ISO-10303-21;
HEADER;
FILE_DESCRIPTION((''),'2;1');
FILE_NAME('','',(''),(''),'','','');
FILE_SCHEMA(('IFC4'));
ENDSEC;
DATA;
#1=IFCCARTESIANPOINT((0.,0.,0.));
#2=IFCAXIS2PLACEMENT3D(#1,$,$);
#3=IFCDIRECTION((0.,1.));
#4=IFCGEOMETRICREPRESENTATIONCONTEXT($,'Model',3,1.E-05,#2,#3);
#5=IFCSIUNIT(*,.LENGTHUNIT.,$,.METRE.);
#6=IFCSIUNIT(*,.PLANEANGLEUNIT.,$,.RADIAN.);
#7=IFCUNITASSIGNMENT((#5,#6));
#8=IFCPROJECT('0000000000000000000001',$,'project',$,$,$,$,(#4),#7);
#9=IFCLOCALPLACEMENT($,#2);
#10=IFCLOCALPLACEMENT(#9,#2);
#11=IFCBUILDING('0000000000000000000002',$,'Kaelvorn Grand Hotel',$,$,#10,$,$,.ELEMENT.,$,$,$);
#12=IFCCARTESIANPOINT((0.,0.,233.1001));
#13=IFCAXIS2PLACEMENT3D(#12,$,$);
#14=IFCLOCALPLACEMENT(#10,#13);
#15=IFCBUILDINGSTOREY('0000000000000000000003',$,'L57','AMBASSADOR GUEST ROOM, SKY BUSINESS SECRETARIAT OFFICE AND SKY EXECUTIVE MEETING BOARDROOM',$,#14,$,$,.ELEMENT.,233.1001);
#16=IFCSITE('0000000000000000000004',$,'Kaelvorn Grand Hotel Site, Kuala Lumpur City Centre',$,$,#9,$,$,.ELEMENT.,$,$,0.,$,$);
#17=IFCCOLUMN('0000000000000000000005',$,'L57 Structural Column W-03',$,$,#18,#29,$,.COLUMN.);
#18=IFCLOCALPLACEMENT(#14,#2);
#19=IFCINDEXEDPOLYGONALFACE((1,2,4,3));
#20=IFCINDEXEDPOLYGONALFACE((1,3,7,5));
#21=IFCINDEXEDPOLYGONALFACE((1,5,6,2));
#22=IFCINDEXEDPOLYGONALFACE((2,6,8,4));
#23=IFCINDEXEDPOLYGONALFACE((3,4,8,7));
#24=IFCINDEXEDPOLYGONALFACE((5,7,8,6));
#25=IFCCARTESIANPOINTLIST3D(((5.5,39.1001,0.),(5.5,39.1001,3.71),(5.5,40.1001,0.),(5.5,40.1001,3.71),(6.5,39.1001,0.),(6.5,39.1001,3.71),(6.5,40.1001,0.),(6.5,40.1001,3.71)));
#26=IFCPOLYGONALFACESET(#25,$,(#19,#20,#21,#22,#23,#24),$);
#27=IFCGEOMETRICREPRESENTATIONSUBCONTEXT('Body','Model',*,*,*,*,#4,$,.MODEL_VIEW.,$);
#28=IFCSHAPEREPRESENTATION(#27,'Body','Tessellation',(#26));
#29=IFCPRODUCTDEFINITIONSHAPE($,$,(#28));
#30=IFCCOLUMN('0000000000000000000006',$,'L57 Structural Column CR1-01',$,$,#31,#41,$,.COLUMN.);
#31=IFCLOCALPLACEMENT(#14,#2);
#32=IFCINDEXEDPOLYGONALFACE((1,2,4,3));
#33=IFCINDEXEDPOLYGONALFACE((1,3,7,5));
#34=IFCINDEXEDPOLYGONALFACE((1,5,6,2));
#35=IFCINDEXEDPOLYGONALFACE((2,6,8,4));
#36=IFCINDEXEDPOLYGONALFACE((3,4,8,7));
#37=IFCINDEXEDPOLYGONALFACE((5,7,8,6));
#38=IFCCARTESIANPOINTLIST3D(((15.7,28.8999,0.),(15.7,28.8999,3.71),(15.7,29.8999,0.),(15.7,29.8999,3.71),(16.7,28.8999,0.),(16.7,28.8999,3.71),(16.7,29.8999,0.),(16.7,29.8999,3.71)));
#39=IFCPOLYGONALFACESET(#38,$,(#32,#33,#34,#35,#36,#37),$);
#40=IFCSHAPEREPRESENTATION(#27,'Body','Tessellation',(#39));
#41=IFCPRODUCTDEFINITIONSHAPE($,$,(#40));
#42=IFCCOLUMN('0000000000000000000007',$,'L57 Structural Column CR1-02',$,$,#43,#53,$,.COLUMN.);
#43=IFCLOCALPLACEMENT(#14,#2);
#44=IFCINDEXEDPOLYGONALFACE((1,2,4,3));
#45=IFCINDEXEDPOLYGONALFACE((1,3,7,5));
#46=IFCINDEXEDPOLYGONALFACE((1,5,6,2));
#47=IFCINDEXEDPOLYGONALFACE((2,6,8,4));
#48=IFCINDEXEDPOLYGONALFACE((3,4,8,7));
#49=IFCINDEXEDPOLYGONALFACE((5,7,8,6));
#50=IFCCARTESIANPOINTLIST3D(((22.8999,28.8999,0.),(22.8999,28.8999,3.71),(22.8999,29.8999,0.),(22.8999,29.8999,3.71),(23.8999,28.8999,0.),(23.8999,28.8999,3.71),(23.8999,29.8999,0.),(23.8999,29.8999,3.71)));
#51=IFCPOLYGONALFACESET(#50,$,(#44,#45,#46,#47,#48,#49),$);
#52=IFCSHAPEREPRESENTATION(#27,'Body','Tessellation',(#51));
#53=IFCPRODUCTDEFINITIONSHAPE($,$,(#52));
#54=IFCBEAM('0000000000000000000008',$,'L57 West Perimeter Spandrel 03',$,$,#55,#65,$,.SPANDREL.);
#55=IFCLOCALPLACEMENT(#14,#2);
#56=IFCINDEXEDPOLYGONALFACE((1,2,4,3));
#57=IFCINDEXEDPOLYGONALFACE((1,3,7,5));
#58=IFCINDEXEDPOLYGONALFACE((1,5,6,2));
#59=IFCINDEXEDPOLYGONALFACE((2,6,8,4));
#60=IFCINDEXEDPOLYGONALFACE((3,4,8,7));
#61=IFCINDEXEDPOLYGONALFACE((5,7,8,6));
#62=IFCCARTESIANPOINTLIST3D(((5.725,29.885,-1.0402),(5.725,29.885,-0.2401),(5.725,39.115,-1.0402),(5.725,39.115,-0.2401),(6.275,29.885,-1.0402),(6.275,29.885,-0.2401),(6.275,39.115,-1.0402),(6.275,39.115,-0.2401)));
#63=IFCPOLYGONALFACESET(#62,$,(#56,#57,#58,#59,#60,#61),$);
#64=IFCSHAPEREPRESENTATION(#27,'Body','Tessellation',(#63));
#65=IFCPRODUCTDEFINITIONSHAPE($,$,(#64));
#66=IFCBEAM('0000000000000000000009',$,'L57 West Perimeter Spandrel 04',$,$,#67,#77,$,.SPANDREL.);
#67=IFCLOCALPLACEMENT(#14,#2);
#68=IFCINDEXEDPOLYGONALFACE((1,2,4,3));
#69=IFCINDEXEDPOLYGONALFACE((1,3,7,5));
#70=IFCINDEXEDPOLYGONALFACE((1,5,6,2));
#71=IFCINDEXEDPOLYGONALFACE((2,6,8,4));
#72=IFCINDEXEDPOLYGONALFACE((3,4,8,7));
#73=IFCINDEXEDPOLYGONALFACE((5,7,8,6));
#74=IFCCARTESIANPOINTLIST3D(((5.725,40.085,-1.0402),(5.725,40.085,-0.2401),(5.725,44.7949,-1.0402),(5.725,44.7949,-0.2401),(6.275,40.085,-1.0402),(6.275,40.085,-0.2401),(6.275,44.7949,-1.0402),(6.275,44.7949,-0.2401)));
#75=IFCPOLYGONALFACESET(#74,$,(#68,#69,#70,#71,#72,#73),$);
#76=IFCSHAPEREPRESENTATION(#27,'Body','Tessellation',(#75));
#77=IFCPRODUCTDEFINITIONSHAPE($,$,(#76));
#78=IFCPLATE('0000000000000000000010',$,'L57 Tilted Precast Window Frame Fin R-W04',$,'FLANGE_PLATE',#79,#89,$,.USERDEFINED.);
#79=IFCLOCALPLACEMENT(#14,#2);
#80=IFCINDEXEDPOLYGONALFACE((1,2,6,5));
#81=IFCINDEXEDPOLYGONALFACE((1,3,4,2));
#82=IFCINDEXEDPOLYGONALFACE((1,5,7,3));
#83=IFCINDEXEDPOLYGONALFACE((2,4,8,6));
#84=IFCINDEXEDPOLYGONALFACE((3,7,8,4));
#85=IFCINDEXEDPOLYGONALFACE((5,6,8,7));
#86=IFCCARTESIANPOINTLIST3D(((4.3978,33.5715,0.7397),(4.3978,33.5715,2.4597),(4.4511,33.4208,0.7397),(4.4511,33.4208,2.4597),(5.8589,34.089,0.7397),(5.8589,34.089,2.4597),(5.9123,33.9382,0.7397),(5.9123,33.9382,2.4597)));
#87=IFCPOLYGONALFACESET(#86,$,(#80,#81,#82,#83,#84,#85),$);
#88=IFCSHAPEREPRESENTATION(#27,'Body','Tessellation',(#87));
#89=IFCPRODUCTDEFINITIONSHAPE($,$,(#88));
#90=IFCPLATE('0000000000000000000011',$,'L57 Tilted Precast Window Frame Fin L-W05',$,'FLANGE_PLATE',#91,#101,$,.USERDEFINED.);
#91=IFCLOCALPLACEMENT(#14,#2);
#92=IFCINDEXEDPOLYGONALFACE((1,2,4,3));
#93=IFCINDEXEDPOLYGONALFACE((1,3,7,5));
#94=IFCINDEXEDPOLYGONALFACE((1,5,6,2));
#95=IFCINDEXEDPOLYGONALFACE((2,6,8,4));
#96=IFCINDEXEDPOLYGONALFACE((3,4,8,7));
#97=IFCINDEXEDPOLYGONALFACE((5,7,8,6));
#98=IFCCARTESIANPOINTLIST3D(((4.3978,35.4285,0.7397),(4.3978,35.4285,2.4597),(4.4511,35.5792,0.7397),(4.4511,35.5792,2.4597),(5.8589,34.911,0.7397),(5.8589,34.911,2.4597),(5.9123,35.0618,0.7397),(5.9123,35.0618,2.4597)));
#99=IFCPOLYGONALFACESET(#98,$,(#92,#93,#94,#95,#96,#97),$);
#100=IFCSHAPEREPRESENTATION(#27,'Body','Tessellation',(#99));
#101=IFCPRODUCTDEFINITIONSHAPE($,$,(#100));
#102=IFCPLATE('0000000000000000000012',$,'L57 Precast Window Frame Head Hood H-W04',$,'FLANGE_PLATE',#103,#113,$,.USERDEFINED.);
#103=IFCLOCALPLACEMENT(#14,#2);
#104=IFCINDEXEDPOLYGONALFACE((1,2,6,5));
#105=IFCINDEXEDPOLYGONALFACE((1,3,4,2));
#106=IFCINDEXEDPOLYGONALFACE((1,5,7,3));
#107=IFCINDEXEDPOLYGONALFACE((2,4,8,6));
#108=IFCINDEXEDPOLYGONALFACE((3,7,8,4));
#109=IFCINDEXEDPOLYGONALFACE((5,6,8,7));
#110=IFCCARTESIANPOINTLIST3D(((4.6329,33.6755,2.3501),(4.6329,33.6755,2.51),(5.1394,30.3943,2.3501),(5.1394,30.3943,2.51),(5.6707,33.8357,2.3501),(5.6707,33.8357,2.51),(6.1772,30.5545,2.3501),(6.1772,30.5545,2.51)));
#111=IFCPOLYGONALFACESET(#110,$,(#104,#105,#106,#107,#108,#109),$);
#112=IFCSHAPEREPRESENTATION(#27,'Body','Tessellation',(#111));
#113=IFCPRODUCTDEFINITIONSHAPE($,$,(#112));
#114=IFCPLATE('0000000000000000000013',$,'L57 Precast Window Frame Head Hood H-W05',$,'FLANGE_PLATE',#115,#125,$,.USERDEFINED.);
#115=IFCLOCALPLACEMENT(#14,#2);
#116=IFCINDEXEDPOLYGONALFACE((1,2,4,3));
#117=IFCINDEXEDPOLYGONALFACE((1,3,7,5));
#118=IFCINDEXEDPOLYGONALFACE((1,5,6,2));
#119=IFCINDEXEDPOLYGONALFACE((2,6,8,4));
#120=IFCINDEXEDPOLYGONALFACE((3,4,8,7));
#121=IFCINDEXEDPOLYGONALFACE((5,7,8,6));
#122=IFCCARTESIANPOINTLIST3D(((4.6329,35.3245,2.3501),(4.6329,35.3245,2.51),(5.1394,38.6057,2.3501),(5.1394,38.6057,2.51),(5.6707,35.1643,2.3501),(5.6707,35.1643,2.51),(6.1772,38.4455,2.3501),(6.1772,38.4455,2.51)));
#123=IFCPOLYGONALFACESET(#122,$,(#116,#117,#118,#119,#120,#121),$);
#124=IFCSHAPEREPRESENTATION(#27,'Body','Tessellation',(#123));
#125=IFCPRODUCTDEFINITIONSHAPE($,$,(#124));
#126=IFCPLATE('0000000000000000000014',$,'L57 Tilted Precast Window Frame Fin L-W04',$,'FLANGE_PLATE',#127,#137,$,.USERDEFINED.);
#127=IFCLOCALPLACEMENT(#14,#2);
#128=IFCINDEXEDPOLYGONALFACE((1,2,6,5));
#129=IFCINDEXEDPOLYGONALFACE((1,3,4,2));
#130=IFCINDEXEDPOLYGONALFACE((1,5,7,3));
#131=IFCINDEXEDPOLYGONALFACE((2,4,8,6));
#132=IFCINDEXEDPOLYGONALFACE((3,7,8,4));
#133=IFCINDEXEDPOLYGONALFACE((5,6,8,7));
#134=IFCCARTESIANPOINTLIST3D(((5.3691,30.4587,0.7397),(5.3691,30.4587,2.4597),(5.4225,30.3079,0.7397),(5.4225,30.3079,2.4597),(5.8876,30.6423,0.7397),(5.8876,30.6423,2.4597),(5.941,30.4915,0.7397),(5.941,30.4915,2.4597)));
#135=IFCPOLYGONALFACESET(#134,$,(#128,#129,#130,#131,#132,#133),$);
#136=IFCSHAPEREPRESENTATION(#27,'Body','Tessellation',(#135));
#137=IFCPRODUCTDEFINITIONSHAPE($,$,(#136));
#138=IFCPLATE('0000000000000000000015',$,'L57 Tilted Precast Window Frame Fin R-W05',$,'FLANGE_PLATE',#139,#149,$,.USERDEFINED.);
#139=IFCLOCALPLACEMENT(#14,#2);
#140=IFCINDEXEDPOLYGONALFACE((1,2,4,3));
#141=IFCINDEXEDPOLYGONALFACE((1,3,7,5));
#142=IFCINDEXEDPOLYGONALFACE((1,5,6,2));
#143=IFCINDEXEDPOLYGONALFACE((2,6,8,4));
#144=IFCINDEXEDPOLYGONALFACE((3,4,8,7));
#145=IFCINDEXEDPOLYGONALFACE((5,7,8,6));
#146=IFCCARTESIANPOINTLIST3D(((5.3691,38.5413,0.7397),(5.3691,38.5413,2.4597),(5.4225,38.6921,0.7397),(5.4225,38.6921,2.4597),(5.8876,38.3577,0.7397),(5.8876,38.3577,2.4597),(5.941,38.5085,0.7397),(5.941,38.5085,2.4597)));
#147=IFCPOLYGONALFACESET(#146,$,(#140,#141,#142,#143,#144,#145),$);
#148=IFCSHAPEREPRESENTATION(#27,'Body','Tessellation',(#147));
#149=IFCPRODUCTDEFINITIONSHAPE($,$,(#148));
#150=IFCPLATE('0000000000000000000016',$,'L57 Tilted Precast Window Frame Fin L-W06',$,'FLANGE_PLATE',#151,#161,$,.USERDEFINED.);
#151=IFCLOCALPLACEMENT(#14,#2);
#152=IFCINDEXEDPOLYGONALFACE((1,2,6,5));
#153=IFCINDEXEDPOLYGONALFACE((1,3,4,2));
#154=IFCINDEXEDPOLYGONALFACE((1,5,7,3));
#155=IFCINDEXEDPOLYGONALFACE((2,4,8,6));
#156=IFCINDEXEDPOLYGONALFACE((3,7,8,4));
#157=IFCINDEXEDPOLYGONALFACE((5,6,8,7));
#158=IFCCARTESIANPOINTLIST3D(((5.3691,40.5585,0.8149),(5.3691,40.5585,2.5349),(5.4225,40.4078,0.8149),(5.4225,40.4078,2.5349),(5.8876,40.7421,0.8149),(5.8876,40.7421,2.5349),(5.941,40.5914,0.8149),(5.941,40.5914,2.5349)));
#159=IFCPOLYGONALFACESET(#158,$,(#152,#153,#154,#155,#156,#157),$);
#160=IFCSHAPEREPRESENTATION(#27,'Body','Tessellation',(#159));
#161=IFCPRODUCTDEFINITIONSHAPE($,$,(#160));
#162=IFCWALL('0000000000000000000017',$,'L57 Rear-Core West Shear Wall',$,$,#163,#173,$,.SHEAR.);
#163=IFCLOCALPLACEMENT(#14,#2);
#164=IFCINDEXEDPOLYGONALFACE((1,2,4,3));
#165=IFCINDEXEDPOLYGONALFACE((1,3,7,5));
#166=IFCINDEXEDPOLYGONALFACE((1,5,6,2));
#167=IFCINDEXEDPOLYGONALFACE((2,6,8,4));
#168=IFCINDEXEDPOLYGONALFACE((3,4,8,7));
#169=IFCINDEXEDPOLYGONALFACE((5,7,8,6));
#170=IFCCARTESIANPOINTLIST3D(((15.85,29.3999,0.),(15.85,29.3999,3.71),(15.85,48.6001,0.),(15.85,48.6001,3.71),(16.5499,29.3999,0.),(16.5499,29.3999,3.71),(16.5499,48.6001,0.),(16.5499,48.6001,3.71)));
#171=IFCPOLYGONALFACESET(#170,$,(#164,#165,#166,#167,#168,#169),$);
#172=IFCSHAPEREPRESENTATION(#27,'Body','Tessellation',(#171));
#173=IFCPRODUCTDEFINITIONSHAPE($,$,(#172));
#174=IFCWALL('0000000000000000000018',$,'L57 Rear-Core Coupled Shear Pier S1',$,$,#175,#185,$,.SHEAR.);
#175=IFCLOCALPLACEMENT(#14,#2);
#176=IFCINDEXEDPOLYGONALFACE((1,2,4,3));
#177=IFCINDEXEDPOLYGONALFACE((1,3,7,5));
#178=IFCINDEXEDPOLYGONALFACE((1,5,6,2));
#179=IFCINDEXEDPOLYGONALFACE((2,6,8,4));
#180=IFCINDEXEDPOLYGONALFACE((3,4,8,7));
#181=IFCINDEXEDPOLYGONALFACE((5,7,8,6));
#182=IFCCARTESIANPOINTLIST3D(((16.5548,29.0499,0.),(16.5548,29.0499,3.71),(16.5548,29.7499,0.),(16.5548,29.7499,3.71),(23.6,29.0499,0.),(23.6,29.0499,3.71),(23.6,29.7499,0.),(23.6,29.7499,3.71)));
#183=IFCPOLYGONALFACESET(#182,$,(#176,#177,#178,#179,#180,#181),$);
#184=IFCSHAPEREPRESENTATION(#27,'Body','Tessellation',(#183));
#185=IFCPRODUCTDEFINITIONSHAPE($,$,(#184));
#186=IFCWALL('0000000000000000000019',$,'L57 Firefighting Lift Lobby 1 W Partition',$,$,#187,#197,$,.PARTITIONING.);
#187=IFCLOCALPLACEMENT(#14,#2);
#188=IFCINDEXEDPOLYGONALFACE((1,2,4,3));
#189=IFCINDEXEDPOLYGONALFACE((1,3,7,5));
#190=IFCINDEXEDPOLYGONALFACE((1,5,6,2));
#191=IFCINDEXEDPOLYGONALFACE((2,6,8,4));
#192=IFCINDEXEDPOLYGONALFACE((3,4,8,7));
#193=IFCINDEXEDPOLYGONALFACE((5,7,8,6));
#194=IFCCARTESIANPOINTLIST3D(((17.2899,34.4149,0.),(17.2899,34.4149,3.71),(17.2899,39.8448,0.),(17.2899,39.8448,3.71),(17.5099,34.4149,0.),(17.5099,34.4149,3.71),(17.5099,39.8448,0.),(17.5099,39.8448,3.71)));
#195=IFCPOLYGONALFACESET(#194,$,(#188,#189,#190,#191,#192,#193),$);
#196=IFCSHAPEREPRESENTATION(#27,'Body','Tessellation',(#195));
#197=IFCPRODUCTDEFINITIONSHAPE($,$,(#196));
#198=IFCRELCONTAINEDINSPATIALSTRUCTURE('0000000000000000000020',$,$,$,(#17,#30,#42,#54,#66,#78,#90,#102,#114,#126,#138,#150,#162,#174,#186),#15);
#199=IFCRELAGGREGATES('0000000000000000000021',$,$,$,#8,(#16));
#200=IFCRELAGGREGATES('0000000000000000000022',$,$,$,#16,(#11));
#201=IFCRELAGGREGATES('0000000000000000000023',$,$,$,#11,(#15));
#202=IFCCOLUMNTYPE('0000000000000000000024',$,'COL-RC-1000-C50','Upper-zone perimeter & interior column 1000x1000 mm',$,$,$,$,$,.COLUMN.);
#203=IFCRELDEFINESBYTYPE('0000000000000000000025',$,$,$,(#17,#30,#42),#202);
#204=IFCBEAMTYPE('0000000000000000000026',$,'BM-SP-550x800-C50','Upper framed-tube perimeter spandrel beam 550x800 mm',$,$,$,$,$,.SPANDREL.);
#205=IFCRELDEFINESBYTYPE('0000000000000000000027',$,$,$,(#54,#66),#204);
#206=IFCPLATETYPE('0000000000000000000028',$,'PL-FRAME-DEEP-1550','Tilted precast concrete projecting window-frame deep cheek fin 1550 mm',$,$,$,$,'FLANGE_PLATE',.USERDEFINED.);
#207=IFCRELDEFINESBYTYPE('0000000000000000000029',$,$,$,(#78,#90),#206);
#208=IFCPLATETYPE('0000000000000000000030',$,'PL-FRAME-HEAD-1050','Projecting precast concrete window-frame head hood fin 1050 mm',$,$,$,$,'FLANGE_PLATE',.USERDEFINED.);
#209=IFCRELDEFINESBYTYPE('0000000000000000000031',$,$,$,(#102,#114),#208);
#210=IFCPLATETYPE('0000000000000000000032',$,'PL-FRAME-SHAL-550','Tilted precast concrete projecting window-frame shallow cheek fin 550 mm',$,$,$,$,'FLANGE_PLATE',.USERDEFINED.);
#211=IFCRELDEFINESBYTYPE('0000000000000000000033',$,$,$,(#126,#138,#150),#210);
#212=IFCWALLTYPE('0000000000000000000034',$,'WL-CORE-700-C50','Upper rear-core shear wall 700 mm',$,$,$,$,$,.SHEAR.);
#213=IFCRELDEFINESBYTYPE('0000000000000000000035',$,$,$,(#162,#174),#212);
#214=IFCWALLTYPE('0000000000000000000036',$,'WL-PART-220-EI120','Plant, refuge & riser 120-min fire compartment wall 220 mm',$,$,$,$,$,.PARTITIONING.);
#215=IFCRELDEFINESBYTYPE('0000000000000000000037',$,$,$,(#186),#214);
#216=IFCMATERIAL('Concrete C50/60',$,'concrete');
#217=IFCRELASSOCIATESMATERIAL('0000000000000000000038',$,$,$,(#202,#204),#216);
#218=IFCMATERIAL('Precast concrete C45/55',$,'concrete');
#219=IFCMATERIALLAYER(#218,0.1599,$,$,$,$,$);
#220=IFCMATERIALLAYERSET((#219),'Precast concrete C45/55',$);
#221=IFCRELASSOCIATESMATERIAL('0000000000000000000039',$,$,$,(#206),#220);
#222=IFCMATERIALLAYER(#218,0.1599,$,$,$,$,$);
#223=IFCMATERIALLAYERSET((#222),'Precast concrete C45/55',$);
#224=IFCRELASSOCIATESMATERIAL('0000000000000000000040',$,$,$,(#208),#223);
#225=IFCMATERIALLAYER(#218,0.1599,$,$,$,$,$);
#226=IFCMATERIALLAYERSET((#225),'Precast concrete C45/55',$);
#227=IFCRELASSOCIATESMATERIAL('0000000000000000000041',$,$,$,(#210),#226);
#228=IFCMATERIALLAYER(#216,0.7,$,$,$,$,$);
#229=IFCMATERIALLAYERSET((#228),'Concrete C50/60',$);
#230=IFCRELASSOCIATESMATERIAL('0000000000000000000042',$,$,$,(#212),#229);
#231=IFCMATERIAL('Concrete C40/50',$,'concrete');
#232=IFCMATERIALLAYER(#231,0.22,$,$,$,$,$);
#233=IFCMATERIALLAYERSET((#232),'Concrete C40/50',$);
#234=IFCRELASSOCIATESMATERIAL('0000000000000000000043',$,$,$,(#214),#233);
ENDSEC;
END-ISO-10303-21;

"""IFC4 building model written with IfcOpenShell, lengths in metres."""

from ifc_helpers import new_model, si_unit, direction, frame, frame_2d, origin, origin_2d, place, context, subcontext, project, spatial, rectangle, extrude, material, layer, layer_set, material_profile, profile_set, type_object, element, save


model = new_model("IFC4")

# Units and contexts
model_context = context("Model", 3, precision=1e-05, world=origin(), true_north=direction((0.0, 1.0)))
body_context = subcontext(model_context, "Body", "Model", "MODEL_VIEW")
ifc_project = project(units=[si_unit("LENGTHUNIT", "METRE"), si_unit("PLANEANGLEUNIT", "RADIAN")], contexts=[model_context])

# Site, building, storey
site_placement = place(None, origin())
site = spatial("IfcSite", under=ifc_project, at=site_placement, Name="Kaelvorn Grand Hotel Site, Kuala Lumpur City Centre", CompositionType="ELEMENT", RefElevation=0.0)
building_placement = place(site_placement, origin())
building = spatial("IfcBuilding", under=site, at=building_placement, Name="Kaelvorn Grand Hotel", CompositionType="ELEMENT")
storey_placement = place(building_placement, frame((0.0, 0.0, 233.1001)))
storey = spatial("IfcBuildingStorey", under=building, at=storey_placement, Name="L57", Description="AMBASSADOR GUEST ROOM, SKY BUSINESS SECRETARIAT OFFICE AND SKY EXECUTIVE MEETING BOARDROOM", CompositionType="ELEMENT", Elevation=233.1001)

# Columns
ifc_material_1 = material(Name="Concrete C50/60", Category="concrete")
ifc_material_profile_1 = material_profile(ifc_material_1, rectangle(XDim=1.0, YDim=1.0, at=origin_2d()), Name="RC COL 1000x1000")
ifc_profile_set_1 = profile_set([ifc_material_profile_1], Name="Concrete C50/60")
column_type = type_object("IfcColumnType", Name="COL-RC-1000-C50", Description="Upper-zone perimeter & interior column 1000x1000 mm", PredefinedType="COLUMN", material=ifc_profile_set_1)
for number, where, z_axis, x_axis, name in (
    (1, (6.0, 39.6001, 0.0), (0.0, 0.0, 1.0), (1.0, 0.0, 0.0), "L57 Structural Column W-03"),
    (2, (16.2, 29.3999, 0.0), (0.0, 0.0, 1.0), (1.0, 0.0, 0.0), "L57 Structural Column CR1-01"),
    (3, (23.3999, 29.3999, 0.0), (0.0, 0.0, 1.0), (1.0, 0.0, 0.0), "L57 Structural Column CR1-02"),
):
    element("IfcColumn", number, at=place(storey_placement, frame(where, z_axis=z_axis, x_axis=x_axis)), inside=storey, type_object=column_type, Name=name, PredefinedType="COLUMN", context=body_context, shape_type="SweptSolid", body=[
        extrude(rectangle(XDim=1.0, YDim=1.0, at=origin_2d()), origin(), (0.0, 0.0, 1.0), 3.71),
    ])

# Beams
ifc_material_profile_2 = material_profile(ifc_material_1, rectangle(XDim=0.55, YDim=0.8, at=origin_2d()), Name="RC SPANDREL 550x800")
ifc_profile_set_2 = profile_set([ifc_material_profile_2], Name="Concrete C50/60")
beam_type = type_object("IfcBeamType", Name="BM-SP-550x800-C50", Description="Upper framed-tube perimeter spandrel beam 550x800 mm", PredefinedType="SPANDREL", material=ifc_profile_set_2)
beam_1_placement = place(storey_placement, frame((6.0, 29.885, -0.6401), z_axis=(0.0, 1.0, 0.0), x_axis=(-1.0, 0.0, 0.0)))
element("IfcBeam", 4, at=beam_1_placement, inside=storey, type_object=beam_type, Name="L57 West Perimeter Spandrel 03", PredefinedType="SPANDREL", context=body_context, shape_type="SweptSolid", body=[
    extrude(rectangle(XDim=0.55, YDim=0.8, at=origin_2d()), origin(), (0.0, 0.0, 1.0), 9.23),
])
beam_2_placement = place(storey_placement, frame((6.0, 40.085, -0.6401), z_axis=(0.0, 1.0, 0.0), x_axis=(-1.0, 0.0, 0.0)))
element("IfcBeam", 5, at=beam_2_placement, inside=storey, type_object=beam_type, Name="L57 West Perimeter Spandrel 04", PredefinedType="SPANDREL", context=body_context, shape_type="SweptSolid", body=[
    extrude(rectangle(XDim=0.55, YDim=0.8, at=origin_2d()), origin(), (0.0, 0.0, 1.0), 4.71),
])

# Plates
ifc_material_2 = material(Name="Precast concrete C45/55", Category="concrete")
ifc_layer_1 = layer(ifc_material_2, 0.1599)
ifc_layer_set_1 = layer_set([ifc_layer_1], Name="Precast concrete C45/55")
plate_type_1 = type_object("IfcPlateType", Name="PL-FRAME-DEEP-1550", Description="Tilted precast concrete projecting window-frame deep cheek fin 1550 mm", ElementType="FLANGE_PLATE", PredefinedType="USERDEFINED", material=ifc_layer_set_1)
for number, where, z_axis, x_axis, name in (
    (6, (5.155, 33.7549, 0.7397), (0.0, 0.0, 1.0), (-0.333807, 0.942641, 0.0), "L57 Tilted Precast Window Frame Fin R-W04"),
    (7, (5.155, 35.2451, 0.7397), (0.0, 0.0, 1.0), (0.333807, 0.942641, 0.0), "L57 Tilted Precast Window Frame Fin L-W05"),
):
    element("IfcPlate", number, at=place(storey_placement, frame(where, z_axis=z_axis, x_axis=x_axis)), inside=storey, type_object=plate_type_1, Name=name, ObjectType="FLANGE_PLATE", PredefinedType="USERDEFINED", context=body_context, shape_type="SweptSolid", body=[
        extrude(rectangle(XDim=0.1599, YDim=1.55, at=origin_2d()), origin(), (0.0, 0.0, 1.0), 1.72),
    ])
ifc_layer_2 = layer(ifc_material_2, 0.1599)
ifc_layer_set_2 = layer_set([ifc_layer_2], Name="Precast concrete C45/55")
plate_type_2 = type_object("IfcPlateType", Name="PL-FRAME-HEAD-1050", Description="Projecting precast concrete window-frame head hood fin 1050 mm", ElementType="FLANGE_PLATE", PredefinedType="USERDEFINED", material=ifc_layer_set_2)
for number, where, z_axis, x_axis, name in (
    (8, (5.405, 32.115, 2.3501), (0.0, 0.0, 1.0), (-0.152555, 0.988295, 0.0), "L57 Precast Window Frame Head Hood H-W04"),
    (9, (5.405, 36.885, 2.3501), (0.0, 0.0, 1.0), (0.152555, 0.988295, 0.0), "L57 Precast Window Frame Head Hood H-W05"),
):
    element("IfcPlate", number, at=place(storey_placement, frame(where, z_axis=z_axis, x_axis=x_axis)), inside=storey, type_object=plate_type_2, Name=name, ObjectType="FLANGE_PLATE", PredefinedType="USERDEFINED", context=body_context, shape_type="SweptSolid", body=[
        extrude(rectangle(XDim=3.3201, YDim=1.05, at=origin_2d()), origin(), (0.0, 0.0, 1.0), 0.1599),
    ])
ifc_layer_3 = layer(ifc_material_2, 0.1599)
ifc_layer_set_3 = layer_set([ifc_layer_3], Name="Precast concrete C45/55")
plate_type_3 = type_object("IfcPlateType", Name="PL-FRAME-SHAL-550", Description="Tilted precast concrete projecting window-frame shallow cheek fin 550 mm", ElementType="FLANGE_PLATE", PredefinedType="USERDEFINED", material=ifc_layer_set_3)
for number, where, z_axis, x_axis, name in (
    (10, (5.655, 30.4751, 0.7397), (0.0, 0.0, 1.0), (-0.333807, 0.942641, 0.0), "L57 Tilted Precast Window Frame Fin L-W04"),
    (11, (5.655, 38.5249, 0.7397), (0.0, 0.0, 1.0), (0.333807, 0.942641, 0.0), "L57 Tilted Precast Window Frame Fin R-W05"),
    (12, (5.655, 40.575, 0.8149), (0.0, 0.0, 1.0), (-0.333807, 0.942641, 0.0), "L57 Tilted Precast Window Frame Fin L-W06"),
):
    element("IfcPlate", number, at=place(storey_placement, frame(where, z_axis=z_axis, x_axis=x_axis)), inside=storey, type_object=plate_type_3, Name=name, ObjectType="FLANGE_PLATE", PredefinedType="USERDEFINED", context=body_context, shape_type="SweptSolid", body=[
        extrude(rectangle(XDim=0.1599, YDim=0.55, at=origin_2d()), origin(), (0.0, 0.0, 1.0), 1.72),
    ])

# Walls
ifc_layer_4 = layer(ifc_material_1, 0.7)
ifc_layer_set_4 = layer_set([ifc_layer_4], Name="Concrete C50/60")
wall_type_1 = type_object("IfcWallType", Name="WL-CORE-700-C50", Description="Upper rear-core shear wall 700 mm", PredefinedType="SHEAR", material=ifc_layer_set_4)
wall_1_placement = place(storey_placement, frame((16.2, 29.3999, 0.0), z_axis=(0.0, 0.0, 1.0), x_axis=(0.0, 1.0, 0.0)))
element("IfcWall", 13, at=wall_1_placement, inside=storey, type_object=wall_type_1, Name="L57 Rear-Core West Shear Wall", PredefinedType="SHEAR", context=body_context, shape_type="SweptSolid", body=[
    extrude(rectangle(XDim=19.2002, YDim=0.7, at=frame_2d((9.6001, 0.0))), origin(), (0.0, 0.0, 1.0), 3.71),
])
wall_2_placement = place(storey_placement, frame((16.5549, 29.3999, 0.0), z_axis=(0.0, 0.0, 1.0), x_axis=(1.0, 0.0, 0.0)))
element("IfcWall", 14, at=wall_2_placement, inside=storey, type_object=wall_type_1, Name="L57 Rear-Core Coupled Shear Pier S1", PredefinedType="SHEAR", context=body_context, shape_type="SweptSolid", body=[
    extrude(rectangle(XDim=7.0452, YDim=0.7, at=frame_2d((3.5225, 0.0))), origin(), (0.0, 0.0, 1.0), 3.71),
])

# Shared definitions
ifc_material_3 = material(Name="Concrete C40/50", Category="concrete")
ifc_layer_5 = layer(ifc_material_3, 0.22)
ifc_layer_set_5 = layer_set([ifc_layer_5], Name="Concrete C40/50")
wall_type_2 = type_object("IfcWallType", Name="WL-PART-220-EI120", Description="Plant, refuge & riser 120-min fire compartment wall 220 mm", PredefinedType="PARTITIONING", material=ifc_layer_set_5)

# Wall
wall_3_placement = place(storey_placement, frame((17.3999, 34.415, 0.0), z_axis=(0.0, 0.0, 1.0), x_axis=(0.0, 1.0, 0.0)))
element("IfcWall", 15, at=wall_3_placement, inside=storey, type_object=wall_type_2, Name="L57 Firefighting Lift Lobby 1 W Partition", PredefinedType="PARTITIONING", context=body_context, shape_type="SweptSolid", body=[
    extrude(rectangle(XDim=5.4299, YDim=0.22, at=frame_2d((2.7148, 0.0))), origin(), (0.0, 0.0, 1.0), 3.71),
])

save(model, "model.ifc")
